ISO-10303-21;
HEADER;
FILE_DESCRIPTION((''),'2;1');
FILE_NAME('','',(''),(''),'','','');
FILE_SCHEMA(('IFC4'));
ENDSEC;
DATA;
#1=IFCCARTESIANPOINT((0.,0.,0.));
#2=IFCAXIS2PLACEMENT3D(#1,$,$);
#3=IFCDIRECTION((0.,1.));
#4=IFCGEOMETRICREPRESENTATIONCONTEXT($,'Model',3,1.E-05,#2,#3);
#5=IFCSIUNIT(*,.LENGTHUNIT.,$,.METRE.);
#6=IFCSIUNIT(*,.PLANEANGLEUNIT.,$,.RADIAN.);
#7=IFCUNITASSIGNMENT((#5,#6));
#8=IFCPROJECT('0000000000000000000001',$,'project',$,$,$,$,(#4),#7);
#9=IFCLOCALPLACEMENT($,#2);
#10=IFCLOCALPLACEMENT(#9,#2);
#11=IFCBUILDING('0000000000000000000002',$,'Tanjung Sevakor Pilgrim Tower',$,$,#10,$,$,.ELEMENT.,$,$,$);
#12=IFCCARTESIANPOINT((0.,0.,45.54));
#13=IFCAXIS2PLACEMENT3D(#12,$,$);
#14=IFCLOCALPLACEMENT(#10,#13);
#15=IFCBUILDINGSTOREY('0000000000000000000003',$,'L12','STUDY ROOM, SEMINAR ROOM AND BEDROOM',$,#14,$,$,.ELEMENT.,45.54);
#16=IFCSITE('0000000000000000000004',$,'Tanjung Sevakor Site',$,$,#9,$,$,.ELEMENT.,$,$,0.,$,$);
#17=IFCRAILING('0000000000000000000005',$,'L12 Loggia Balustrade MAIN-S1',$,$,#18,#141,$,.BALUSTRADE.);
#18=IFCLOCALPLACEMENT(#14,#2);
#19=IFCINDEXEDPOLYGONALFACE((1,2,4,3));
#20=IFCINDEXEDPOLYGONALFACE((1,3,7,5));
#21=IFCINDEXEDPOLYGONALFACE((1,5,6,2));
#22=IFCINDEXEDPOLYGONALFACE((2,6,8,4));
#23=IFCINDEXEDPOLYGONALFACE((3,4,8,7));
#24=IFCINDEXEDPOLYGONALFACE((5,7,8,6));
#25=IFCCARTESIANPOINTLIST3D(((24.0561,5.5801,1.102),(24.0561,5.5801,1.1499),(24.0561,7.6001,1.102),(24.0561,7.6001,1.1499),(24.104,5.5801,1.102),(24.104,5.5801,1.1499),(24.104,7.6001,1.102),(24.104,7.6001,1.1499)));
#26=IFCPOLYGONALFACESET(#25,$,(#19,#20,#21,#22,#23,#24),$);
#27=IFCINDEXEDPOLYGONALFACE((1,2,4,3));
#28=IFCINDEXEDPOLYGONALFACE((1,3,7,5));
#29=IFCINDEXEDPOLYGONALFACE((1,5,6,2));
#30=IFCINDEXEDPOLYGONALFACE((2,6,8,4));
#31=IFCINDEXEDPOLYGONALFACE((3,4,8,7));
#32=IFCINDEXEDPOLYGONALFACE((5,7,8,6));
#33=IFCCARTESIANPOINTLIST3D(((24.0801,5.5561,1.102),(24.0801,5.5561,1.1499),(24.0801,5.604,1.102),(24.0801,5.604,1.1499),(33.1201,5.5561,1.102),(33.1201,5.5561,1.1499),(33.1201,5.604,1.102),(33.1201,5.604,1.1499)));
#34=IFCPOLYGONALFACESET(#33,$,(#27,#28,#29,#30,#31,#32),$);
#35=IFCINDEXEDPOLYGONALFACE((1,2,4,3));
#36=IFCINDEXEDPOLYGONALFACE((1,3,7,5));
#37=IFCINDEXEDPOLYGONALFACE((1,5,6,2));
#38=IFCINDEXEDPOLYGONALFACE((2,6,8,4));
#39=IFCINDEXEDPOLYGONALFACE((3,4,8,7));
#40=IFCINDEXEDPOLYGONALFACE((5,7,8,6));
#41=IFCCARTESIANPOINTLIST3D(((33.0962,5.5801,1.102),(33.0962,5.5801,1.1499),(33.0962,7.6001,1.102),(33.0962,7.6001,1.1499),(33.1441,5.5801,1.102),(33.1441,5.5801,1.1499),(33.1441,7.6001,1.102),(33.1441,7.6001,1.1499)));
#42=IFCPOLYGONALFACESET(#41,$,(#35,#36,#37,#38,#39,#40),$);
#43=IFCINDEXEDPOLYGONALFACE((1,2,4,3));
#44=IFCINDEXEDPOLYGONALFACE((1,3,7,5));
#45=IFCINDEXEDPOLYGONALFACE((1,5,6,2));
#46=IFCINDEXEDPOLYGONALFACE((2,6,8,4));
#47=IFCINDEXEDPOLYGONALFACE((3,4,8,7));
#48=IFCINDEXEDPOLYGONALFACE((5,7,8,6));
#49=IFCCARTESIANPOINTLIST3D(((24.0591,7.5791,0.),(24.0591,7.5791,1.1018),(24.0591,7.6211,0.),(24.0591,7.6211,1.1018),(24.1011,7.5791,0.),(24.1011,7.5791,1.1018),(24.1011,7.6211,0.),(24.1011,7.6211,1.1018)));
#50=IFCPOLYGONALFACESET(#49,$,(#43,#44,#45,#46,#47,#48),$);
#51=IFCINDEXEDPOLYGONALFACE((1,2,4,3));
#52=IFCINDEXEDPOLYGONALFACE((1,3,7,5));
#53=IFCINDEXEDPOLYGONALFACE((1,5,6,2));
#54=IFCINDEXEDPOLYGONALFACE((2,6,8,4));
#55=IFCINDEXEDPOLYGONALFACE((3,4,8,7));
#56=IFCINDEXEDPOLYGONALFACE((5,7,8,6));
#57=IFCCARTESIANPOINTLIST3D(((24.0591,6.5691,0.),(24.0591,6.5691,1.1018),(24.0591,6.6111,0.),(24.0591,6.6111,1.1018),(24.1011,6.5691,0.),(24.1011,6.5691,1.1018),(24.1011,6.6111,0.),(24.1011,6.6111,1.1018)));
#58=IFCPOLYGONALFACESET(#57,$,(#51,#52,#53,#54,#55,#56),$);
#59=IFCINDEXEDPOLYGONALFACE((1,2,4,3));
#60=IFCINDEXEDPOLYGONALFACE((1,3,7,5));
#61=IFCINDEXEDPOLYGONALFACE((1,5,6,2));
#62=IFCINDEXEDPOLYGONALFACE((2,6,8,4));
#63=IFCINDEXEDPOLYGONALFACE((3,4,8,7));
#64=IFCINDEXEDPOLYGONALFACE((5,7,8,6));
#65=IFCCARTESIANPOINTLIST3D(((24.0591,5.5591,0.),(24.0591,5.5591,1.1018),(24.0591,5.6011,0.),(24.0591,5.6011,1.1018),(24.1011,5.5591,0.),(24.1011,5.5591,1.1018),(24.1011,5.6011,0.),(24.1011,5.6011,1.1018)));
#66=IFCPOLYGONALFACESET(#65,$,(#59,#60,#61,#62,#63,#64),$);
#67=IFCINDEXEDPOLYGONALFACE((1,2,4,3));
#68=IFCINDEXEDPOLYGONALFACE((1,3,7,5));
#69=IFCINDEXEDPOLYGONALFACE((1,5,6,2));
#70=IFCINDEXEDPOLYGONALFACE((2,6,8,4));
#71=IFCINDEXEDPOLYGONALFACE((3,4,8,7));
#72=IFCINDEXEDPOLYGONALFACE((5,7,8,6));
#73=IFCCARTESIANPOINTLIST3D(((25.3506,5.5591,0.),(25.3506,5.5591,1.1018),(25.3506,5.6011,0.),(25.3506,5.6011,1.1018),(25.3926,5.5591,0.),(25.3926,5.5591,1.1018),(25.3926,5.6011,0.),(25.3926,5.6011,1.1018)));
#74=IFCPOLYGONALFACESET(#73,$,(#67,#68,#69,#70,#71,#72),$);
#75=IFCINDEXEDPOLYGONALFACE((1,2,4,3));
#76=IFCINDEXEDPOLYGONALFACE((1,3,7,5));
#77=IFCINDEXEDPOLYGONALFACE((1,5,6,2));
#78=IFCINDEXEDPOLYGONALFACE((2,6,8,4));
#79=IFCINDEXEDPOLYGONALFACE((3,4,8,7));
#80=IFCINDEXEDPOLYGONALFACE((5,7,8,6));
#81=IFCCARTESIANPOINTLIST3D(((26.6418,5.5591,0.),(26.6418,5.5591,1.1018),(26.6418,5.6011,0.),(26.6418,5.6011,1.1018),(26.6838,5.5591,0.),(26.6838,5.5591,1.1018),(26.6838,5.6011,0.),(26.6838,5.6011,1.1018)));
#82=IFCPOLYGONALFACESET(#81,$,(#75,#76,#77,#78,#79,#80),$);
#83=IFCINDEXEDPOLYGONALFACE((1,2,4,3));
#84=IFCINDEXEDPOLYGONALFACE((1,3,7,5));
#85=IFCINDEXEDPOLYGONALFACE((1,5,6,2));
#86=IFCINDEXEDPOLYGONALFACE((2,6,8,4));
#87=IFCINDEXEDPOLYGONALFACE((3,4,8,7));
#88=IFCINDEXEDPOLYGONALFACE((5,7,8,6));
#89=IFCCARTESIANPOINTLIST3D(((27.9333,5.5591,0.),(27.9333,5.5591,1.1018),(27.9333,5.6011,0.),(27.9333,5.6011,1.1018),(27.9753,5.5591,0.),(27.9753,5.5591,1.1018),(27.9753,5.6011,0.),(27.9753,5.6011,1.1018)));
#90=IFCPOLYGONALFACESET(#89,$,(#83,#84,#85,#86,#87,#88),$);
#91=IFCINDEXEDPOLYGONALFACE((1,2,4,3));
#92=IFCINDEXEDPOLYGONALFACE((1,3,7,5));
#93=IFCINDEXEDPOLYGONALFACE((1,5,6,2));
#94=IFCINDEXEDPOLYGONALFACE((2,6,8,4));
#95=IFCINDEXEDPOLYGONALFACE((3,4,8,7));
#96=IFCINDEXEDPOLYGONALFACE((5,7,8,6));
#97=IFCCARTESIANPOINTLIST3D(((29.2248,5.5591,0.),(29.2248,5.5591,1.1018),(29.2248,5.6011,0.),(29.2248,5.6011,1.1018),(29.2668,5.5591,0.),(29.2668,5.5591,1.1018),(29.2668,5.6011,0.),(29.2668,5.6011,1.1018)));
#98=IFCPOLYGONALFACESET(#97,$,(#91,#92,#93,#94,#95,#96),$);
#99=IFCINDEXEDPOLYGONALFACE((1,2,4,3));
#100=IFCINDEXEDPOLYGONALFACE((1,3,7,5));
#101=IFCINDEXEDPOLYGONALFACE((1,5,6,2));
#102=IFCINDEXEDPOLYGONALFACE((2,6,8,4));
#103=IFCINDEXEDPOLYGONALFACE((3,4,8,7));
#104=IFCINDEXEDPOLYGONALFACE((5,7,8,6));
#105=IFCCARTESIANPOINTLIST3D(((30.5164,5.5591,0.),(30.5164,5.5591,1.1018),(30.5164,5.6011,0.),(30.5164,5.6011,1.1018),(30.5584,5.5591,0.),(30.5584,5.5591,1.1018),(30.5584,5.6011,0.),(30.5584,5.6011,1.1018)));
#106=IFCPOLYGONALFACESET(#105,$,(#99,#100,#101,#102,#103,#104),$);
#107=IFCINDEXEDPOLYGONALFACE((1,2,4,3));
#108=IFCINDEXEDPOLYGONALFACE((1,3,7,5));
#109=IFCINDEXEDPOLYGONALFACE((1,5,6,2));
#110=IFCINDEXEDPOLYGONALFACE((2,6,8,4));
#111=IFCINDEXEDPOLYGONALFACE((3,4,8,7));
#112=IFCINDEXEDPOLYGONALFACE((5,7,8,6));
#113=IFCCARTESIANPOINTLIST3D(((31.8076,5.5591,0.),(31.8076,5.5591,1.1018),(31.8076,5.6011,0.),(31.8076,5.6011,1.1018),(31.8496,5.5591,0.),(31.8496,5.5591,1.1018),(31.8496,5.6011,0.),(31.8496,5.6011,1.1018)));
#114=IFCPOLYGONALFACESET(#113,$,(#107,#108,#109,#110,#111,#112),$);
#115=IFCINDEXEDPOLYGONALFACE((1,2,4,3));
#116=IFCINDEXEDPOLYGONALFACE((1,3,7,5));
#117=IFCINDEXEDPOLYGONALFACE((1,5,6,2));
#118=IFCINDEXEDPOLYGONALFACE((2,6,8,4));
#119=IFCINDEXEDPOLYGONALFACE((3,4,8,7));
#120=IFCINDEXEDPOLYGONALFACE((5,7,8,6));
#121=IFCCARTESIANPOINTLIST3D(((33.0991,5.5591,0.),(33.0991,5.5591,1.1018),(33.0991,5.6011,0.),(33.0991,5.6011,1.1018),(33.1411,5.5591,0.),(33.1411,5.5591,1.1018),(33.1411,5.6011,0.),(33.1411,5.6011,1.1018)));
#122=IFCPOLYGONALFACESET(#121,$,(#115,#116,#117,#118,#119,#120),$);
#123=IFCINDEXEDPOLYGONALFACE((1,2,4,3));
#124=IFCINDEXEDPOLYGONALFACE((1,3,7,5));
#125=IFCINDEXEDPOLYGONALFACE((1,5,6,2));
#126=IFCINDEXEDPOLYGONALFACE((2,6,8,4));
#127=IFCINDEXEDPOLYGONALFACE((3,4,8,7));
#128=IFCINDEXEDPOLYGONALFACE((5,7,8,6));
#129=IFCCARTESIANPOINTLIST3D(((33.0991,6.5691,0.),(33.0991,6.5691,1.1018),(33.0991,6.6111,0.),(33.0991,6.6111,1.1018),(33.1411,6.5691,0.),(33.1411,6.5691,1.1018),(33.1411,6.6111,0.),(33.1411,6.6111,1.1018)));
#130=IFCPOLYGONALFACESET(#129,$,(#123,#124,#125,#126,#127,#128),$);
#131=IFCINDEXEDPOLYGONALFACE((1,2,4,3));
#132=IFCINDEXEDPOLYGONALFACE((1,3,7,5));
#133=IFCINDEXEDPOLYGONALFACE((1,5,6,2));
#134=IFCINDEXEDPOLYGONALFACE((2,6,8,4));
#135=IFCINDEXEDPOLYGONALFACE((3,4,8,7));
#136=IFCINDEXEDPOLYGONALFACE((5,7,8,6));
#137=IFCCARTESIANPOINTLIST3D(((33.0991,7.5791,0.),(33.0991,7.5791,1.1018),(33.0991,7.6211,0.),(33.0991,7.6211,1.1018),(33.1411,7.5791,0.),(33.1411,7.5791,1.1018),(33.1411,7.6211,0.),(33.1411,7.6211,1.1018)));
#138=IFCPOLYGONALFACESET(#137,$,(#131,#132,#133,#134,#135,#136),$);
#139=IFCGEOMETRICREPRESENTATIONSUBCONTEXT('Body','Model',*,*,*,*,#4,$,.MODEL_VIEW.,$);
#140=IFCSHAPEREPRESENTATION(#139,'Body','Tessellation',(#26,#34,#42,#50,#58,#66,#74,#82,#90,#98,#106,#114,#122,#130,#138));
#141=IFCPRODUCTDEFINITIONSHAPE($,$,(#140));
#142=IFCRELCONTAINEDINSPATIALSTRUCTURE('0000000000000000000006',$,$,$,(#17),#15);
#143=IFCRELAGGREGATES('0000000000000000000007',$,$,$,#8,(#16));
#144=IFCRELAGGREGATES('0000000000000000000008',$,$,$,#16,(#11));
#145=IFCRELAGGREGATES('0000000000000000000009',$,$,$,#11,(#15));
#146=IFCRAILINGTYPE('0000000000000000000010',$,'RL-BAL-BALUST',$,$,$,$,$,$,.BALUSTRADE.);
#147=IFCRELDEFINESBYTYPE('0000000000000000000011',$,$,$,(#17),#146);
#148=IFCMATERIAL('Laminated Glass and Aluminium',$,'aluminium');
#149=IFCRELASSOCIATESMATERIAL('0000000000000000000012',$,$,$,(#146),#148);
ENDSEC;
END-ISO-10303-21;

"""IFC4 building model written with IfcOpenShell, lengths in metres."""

from ifc_helpers import new_model, si_unit, direction, frame, origin, place, context, subcontext, project, spatial, rectangle, extrude, material, type_object, element, save


model = new_model("IFC4")

# Units and contexts
model_context = context("Model", 3, precision=1e-05, world=origin(), true_north=direction((0.0, 1.0)))
body_context = subcontext(model_context, "Body", "Model", "MODEL_VIEW")
ifc_project = project(units=[si_unit("LENGTHUNIT", "METRE"), si_unit("PLANEANGLEUNIT", "RADIAN")], contexts=[model_context])

# Site, building, storey
site_placement = place(None, origin())
site = spatial("IfcSite", under=ifc_project, at=site_placement, Name="Tanjung Sevakor Site", CompositionType="ELEMENT", RefElevation=0.0)
building_placement = place(site_placement, origin())
building = spatial("IfcBuilding", under=site, at=building_placement, Name="Tanjung Sevakor Pilgrim Tower", CompositionType="ELEMENT")
storey_placement = place(building_placement, frame((0.0, 0.0, 45.54)))
storey = spatial("IfcBuildingStorey", under=building, at=storey_placement, Name="L12", Description="STUDY ROOM, SEMINAR ROOM AND BEDROOM", CompositionType="ELEMENT", Elevation=45.54)

# Railing
ifc_material_1 = material(Name="Laminated Glass and Aluminium", Category="aluminium")
railing_type = type_object("IfcRailingType", Name="RL-BAL-BALUST", PredefinedType="BALUSTRADE", material=ifc_material_1)
railing_placement = place(storey_placement, frame((24.0801, 7.6001, 0.0)))
element("IfcRailing", 1, at=railing_placement, inside=storey, type_object=railing_type, Name="L12 Loggia Balustrade MAIN-S1", PredefinedType="BALUSTRADE", context=body_context, shape_type="SweptSolid", body=[
    extrude(rectangle(XDim=0.0479, YDim=0.0479), frame((0.0, 0.0, 1.126), z_axis=(0.0, -1.0, 0.0), x_axis=(1.0, 0.0, 0.0)), (0.0, 0.0, 1.0), 2.02),
    extrude(rectangle(XDim=0.0479, YDim=0.0479), frame((0.0, -2.02, 1.126), z_axis=(1.0, 0.0, 0.0), x_axis=(0.0, 1.0, 0.0)), (0.0, 0.0, 1.0), 9.04),
    extrude(rectangle(XDim=0.0479, YDim=0.0479), frame((9.04, -2.02, 1.126), z_axis=(0.0, 1.0, 0.0), x_axis=(-1.0, 0.0, 0.0)), (0.0, 0.0, 1.0), 2.02),
    extrude(rectangle(XDim=0.042, YDim=0.042), origin(), (0.0, 0.0, 1.0), 1.1018),
    extrude(rectangle(XDim=0.042, YDim=0.042), frame((0.0, -1.01, 0.0)), (0.0, 0.0, 1.0), 1.1018),
    extrude(rectangle(XDim=0.042, YDim=0.042), frame((0.0, -2.02, 0.0)), (0.0, 0.0, 1.0), 1.1018),
    extrude(rectangle(XDim=0.042, YDim=0.042), frame((1.2915, -2.02, 0.0)), (0.0, 0.0, 1.0), 1.1018),
    extrude(rectangle(XDim=0.042, YDim=0.042), frame((2.5828, -2.02, 0.0)), (0.0, 0.0, 1.0), 1.1018),
    extrude(rectangle(XDim=0.042, YDim=0.042), frame((3.8743, -2.02, 0.0)), (0.0, 0.0, 1.0), 1.1018),
    extrude(rectangle(XDim=0.042, YDim=0.042), frame((5.1658, -2.02, 0.0)), (0.0, 0.0, 1.0), 1.1018),
    extrude(rectangle(XDim=0.042, YDim=0.042), frame((6.4573, -2.02, 0.0)), (0.0, 0.0, 1.0), 1.1018),
    extrude(rectangle(XDim=0.042, YDim=0.042), frame((7.7485, -2.02, 0.0)), (0.0, 0.0, 1.0), 1.1018),
    extrude(rectangle(XDim=0.042, YDim=0.042), frame((9.04, -2.02, 0.0)), (0.0, 0.0, 1.0), 1.1018),
    extrude(rectangle(XDim=0.042, YDim=0.042), frame((9.04, -1.01, 0.0)), (0.0, 0.0, 1.0), 1.1018),
    extrude(rectangle(XDim=0.042, YDim=0.042), frame((9.04, 0.0, 0.0)), (0.0, 0.0, 1.0), 1.1018),
])

save(model, "model.ifc")
